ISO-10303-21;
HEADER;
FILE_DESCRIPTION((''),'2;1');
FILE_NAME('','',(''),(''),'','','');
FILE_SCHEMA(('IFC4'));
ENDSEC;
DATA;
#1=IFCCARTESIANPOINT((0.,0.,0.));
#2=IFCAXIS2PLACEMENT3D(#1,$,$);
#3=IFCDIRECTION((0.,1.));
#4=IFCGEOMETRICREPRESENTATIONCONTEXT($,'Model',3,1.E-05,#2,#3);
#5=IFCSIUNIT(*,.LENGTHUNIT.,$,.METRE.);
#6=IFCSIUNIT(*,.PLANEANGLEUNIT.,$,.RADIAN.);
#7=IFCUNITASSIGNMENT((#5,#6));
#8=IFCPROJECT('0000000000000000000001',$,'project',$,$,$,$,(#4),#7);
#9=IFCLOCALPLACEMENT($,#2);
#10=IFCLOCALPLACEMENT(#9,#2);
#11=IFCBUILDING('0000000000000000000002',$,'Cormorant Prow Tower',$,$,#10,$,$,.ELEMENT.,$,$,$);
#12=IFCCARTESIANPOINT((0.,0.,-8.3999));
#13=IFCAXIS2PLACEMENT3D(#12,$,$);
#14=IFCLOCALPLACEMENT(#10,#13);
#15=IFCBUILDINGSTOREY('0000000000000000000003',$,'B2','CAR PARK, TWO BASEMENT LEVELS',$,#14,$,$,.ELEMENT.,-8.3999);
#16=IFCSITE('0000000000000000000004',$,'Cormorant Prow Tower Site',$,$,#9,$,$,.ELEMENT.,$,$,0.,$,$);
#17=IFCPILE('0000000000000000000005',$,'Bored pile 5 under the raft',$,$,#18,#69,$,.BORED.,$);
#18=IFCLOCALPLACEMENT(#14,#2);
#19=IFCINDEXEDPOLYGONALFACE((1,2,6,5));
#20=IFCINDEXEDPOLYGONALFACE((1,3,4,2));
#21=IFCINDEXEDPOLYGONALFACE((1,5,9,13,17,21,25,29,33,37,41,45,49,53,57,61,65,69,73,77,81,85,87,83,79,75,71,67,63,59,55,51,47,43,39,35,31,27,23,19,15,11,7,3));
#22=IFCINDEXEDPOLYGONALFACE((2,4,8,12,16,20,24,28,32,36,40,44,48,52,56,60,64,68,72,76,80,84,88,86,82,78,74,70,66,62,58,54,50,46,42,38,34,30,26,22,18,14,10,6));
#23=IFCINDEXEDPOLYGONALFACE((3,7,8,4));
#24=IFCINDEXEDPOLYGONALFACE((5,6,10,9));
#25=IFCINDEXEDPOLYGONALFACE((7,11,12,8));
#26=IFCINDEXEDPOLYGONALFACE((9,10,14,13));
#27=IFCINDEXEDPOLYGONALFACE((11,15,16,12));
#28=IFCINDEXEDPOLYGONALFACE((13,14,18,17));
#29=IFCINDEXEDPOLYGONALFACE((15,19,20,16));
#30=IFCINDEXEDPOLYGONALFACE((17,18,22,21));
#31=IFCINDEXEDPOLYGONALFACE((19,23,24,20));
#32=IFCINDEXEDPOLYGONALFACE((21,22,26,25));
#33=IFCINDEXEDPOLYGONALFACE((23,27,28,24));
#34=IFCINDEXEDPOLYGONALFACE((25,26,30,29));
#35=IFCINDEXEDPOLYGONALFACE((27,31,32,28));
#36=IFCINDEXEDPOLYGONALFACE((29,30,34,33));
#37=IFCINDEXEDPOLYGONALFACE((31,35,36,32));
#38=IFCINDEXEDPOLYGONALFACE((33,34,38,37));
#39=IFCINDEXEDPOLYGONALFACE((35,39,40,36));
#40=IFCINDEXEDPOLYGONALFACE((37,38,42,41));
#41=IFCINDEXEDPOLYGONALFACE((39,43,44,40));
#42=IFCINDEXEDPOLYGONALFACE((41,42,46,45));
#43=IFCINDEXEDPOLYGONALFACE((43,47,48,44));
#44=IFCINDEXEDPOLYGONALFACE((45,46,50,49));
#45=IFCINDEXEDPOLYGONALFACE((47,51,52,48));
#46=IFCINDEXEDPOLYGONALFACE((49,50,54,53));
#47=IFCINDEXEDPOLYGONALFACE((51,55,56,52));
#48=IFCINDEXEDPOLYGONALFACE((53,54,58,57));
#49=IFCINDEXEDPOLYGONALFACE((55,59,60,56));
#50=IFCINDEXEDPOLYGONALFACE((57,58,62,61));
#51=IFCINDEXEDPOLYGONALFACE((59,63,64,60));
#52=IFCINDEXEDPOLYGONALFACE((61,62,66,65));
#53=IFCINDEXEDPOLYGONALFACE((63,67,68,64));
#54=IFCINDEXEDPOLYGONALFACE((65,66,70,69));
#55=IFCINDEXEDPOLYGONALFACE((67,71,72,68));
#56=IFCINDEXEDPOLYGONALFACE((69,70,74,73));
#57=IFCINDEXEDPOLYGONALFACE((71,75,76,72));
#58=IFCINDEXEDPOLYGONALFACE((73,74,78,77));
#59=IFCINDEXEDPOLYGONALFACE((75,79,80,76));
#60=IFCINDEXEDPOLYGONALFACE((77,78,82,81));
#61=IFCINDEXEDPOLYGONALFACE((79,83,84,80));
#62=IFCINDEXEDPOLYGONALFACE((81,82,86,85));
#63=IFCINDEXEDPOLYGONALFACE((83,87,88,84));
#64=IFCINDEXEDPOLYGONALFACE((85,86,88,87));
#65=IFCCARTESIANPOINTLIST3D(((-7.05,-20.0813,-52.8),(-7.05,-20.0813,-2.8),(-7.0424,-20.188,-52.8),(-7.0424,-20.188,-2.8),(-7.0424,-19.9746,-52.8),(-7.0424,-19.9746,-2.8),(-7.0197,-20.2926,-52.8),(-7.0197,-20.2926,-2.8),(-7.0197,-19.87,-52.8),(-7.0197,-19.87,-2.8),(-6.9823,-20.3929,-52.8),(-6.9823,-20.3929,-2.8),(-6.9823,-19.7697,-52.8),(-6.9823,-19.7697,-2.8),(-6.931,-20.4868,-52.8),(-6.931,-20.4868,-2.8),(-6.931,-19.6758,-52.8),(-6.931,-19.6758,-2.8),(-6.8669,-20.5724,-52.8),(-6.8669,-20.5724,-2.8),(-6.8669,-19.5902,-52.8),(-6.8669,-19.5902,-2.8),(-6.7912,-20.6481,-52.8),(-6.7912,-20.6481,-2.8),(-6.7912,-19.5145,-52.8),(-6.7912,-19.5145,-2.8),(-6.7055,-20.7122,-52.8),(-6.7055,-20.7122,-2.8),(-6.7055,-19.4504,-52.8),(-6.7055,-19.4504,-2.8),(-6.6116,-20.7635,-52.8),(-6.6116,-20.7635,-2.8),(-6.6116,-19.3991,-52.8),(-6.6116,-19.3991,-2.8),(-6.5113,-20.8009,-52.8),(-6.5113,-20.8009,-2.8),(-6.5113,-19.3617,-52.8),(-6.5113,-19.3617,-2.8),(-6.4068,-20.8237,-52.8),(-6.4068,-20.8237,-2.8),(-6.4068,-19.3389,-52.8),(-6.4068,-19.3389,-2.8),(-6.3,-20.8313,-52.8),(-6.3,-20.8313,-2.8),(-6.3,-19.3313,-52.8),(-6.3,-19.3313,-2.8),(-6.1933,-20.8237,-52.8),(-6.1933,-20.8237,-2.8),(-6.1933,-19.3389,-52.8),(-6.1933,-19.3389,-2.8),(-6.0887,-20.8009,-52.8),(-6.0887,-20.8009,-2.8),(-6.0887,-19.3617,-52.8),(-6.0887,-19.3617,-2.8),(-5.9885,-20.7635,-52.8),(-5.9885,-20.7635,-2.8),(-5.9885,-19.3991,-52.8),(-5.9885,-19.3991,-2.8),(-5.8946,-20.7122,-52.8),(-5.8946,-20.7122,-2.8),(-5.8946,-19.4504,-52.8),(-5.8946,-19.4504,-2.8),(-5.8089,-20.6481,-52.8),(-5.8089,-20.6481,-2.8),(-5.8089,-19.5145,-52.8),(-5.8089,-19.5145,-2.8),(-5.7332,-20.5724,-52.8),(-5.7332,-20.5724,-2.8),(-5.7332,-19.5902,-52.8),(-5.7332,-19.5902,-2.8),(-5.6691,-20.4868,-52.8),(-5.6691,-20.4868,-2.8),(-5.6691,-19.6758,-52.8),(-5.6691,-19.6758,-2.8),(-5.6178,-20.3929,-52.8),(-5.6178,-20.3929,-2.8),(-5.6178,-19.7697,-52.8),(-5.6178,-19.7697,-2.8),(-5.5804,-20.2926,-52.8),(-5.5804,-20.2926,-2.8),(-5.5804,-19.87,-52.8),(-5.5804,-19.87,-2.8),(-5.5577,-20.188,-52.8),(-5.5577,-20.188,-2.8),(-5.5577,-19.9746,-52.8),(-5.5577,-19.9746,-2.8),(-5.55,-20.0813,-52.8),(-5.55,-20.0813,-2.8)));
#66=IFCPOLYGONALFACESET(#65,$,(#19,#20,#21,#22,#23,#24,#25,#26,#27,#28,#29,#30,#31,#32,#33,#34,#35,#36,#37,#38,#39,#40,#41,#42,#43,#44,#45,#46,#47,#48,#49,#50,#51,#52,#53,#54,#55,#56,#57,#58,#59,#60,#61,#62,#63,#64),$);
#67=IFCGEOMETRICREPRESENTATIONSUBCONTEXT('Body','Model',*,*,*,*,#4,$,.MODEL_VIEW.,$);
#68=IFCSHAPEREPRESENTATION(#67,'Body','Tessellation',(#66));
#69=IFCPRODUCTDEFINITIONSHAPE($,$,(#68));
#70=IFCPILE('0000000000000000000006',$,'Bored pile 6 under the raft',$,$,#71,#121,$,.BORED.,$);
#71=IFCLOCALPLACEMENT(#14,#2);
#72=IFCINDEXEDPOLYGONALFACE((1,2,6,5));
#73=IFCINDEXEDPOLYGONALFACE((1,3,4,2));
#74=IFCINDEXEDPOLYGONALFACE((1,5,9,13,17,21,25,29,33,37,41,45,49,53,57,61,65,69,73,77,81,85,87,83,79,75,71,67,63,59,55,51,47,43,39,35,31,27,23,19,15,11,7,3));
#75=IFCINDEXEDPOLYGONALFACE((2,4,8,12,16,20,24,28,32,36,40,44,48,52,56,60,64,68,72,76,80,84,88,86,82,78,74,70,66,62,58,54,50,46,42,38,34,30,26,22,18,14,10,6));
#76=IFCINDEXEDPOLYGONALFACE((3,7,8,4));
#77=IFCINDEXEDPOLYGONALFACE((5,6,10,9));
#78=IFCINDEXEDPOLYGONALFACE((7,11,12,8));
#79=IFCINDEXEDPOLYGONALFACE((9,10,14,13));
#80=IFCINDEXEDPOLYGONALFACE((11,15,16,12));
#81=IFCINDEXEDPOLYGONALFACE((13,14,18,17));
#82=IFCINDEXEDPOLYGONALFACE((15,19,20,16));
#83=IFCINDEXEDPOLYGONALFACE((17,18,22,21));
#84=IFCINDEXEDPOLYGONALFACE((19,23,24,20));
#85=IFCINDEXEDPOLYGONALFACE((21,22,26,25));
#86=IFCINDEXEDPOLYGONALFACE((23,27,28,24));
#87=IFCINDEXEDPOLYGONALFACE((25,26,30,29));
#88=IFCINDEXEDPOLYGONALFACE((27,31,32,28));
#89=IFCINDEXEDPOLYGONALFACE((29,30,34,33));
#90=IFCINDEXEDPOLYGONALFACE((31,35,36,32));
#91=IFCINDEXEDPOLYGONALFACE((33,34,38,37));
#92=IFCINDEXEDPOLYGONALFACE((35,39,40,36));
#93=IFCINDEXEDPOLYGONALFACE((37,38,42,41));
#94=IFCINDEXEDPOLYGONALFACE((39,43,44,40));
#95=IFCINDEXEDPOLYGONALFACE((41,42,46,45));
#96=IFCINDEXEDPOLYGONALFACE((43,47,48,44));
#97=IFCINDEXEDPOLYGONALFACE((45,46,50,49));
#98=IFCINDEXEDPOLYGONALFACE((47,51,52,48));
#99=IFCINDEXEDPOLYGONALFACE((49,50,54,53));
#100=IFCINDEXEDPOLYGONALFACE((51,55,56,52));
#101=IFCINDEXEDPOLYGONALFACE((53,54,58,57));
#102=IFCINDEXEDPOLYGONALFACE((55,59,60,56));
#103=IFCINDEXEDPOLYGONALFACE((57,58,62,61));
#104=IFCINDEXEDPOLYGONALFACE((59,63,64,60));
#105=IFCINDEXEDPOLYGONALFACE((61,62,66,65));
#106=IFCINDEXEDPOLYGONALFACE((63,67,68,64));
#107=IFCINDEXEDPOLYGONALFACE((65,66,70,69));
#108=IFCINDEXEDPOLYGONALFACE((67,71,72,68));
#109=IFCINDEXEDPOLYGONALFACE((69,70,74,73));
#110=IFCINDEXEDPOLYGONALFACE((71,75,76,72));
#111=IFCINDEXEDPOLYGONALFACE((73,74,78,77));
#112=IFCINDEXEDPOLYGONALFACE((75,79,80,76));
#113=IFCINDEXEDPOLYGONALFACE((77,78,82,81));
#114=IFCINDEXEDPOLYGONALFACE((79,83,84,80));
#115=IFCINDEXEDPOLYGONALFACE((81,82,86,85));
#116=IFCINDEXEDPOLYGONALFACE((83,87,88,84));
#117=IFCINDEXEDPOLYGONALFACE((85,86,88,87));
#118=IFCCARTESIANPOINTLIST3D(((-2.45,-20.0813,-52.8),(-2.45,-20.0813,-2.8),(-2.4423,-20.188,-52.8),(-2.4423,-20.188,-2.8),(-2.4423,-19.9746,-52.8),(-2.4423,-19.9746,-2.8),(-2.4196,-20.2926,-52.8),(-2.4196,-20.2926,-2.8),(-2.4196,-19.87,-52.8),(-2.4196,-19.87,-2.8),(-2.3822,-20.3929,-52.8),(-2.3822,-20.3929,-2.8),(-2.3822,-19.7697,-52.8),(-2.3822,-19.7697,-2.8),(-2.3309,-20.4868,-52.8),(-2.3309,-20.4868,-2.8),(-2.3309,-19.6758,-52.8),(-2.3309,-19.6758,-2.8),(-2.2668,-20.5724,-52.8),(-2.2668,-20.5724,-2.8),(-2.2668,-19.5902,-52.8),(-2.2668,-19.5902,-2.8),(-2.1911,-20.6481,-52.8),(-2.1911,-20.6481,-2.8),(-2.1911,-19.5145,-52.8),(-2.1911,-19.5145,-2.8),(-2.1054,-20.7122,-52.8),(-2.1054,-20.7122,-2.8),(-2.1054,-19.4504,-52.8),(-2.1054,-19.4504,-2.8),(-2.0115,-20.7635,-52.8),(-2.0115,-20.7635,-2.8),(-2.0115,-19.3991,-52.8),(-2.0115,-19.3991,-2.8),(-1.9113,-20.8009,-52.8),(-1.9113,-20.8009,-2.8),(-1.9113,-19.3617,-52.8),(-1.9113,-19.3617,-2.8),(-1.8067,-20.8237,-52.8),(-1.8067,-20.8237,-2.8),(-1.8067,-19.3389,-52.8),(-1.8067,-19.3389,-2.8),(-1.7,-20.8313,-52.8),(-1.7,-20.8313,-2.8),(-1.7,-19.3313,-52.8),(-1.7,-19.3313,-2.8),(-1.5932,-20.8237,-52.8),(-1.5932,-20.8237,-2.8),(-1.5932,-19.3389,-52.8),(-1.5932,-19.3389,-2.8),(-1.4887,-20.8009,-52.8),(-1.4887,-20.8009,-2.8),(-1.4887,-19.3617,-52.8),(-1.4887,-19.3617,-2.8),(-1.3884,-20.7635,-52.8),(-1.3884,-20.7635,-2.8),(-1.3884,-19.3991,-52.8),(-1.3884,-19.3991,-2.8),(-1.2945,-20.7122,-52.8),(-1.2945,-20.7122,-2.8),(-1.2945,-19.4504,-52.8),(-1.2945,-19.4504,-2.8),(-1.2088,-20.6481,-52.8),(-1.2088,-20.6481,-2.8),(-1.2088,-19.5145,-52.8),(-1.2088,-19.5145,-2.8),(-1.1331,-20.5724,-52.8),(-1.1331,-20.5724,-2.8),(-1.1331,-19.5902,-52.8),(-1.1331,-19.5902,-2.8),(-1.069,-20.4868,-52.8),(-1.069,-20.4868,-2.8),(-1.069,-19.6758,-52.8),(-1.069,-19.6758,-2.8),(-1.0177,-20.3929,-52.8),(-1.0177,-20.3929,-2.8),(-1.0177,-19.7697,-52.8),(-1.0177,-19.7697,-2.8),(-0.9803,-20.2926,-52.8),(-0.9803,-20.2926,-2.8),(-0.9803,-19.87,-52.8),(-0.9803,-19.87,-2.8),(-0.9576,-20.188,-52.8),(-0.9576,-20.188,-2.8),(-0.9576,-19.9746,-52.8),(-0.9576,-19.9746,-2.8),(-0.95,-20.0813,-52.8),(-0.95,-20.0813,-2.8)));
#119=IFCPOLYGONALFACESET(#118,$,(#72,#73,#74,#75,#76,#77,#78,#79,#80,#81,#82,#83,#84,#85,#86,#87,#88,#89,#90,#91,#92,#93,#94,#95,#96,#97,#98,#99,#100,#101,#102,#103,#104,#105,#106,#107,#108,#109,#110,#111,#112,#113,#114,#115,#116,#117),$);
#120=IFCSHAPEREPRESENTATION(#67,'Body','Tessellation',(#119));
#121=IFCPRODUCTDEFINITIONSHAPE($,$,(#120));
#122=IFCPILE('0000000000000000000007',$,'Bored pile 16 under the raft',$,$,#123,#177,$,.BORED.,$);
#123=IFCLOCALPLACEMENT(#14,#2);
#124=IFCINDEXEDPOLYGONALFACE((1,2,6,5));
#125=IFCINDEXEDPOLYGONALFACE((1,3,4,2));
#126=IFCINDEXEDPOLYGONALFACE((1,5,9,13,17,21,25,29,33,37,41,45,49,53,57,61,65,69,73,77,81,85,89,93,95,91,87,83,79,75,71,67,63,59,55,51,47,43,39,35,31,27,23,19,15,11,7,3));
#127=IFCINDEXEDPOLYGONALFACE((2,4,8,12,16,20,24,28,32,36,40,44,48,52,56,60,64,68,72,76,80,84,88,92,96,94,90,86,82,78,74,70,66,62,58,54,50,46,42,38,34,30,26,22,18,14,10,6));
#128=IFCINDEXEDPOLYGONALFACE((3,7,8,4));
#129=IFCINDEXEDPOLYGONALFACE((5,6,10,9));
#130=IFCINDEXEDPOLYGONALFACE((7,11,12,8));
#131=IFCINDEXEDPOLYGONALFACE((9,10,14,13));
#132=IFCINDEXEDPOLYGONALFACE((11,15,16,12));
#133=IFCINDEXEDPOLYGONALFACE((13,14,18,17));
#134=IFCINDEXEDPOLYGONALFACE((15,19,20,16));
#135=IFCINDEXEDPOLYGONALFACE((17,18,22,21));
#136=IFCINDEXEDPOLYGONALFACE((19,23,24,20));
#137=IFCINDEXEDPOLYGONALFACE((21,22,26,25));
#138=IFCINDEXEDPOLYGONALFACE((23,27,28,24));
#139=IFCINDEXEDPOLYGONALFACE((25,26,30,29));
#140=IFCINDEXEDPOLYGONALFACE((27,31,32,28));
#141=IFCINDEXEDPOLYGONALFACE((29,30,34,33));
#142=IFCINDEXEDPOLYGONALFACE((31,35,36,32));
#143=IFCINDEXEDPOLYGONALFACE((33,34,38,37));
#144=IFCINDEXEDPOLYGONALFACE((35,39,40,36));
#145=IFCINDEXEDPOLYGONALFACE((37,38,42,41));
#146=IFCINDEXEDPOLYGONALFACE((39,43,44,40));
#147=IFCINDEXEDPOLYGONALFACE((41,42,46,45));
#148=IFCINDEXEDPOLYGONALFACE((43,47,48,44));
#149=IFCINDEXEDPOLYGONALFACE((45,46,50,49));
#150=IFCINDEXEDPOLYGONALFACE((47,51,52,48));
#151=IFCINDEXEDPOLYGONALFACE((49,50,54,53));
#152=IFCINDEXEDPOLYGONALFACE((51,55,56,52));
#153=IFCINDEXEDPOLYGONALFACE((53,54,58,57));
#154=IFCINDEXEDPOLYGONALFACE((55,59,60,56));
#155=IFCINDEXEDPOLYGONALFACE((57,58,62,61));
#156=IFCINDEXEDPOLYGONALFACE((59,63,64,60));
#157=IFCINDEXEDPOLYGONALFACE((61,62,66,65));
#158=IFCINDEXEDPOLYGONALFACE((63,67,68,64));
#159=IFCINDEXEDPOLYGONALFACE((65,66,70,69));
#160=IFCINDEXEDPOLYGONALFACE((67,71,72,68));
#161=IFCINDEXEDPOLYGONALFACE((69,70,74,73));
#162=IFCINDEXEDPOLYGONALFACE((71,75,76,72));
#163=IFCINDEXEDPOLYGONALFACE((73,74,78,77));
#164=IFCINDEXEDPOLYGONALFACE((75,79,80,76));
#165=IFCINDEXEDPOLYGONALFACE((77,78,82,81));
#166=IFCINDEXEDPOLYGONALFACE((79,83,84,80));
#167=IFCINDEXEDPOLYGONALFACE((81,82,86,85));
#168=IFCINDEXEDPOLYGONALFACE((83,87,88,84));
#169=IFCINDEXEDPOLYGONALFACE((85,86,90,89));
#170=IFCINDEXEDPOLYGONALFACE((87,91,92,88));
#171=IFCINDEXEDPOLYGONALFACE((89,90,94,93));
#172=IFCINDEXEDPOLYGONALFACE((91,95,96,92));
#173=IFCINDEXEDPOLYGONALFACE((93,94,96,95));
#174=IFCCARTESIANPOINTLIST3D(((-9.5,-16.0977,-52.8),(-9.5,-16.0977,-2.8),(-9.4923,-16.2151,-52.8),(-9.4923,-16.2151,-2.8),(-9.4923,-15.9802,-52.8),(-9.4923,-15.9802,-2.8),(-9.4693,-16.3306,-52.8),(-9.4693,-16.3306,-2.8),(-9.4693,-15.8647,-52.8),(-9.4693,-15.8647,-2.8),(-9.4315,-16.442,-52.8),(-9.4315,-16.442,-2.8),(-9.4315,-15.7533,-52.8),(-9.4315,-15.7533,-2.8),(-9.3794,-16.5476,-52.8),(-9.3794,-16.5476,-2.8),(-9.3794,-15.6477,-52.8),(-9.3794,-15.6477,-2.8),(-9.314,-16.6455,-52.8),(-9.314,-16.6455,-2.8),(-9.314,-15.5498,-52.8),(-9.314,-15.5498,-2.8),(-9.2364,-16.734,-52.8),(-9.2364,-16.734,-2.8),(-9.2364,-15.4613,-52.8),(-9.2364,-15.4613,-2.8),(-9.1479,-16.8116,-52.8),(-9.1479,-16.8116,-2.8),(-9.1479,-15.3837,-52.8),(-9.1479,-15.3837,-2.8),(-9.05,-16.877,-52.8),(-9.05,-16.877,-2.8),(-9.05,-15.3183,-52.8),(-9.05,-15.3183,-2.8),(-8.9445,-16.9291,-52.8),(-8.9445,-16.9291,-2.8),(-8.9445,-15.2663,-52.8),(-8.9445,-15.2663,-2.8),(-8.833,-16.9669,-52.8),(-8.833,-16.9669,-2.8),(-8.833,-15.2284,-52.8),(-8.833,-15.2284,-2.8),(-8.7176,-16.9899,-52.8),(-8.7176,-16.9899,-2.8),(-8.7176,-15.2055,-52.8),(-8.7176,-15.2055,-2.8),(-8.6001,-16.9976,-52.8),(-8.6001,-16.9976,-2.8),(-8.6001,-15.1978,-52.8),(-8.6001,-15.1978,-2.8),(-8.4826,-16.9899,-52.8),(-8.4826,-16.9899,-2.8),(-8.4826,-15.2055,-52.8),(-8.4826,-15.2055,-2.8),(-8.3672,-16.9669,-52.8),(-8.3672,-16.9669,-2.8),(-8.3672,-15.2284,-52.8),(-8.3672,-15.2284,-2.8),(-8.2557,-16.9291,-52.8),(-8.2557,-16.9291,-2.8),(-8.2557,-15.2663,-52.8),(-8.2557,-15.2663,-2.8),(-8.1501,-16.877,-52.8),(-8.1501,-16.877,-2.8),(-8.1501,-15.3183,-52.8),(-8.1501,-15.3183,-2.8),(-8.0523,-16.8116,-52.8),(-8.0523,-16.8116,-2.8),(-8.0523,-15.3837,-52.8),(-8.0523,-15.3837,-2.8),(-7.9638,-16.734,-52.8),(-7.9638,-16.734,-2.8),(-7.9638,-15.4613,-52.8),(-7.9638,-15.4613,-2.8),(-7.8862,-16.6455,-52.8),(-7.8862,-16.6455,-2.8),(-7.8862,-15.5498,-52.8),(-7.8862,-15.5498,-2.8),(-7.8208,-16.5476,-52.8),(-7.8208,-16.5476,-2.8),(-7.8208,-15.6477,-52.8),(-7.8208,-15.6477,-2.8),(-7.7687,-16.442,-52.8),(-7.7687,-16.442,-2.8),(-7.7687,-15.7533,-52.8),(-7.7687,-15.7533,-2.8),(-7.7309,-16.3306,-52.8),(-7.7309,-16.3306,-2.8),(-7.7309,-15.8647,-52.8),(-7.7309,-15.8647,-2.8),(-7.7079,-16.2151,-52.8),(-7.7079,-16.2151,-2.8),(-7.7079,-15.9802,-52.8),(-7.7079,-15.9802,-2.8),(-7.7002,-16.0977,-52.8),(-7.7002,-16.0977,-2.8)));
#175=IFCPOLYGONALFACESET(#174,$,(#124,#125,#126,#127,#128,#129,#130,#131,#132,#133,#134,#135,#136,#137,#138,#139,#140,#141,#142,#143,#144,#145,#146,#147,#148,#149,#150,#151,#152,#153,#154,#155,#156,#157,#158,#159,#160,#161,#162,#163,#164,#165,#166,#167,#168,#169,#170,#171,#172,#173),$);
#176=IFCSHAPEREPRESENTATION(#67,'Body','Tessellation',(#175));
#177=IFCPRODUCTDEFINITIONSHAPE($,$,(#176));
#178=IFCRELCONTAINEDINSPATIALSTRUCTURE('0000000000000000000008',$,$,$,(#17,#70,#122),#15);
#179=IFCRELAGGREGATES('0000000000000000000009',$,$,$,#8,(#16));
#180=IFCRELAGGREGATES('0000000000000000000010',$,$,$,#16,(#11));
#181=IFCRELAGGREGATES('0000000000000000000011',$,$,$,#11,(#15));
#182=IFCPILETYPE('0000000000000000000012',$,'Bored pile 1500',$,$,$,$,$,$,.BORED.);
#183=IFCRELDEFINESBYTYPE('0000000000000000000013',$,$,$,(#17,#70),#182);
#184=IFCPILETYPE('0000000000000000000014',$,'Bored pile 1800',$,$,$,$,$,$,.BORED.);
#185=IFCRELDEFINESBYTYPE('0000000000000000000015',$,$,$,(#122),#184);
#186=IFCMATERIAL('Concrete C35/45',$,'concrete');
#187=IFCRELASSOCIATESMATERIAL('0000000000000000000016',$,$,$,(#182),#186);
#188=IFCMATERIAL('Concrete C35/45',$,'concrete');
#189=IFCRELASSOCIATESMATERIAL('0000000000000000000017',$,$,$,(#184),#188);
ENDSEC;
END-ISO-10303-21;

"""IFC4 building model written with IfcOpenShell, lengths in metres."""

from ifc_helpers import new_model, si_unit, direction, frame, origin, origin_2d, place, context, subcontext, project, spatial, circle, extrude, material, material_profile, profile_set, type_object, element, save


model = new_model("IFC4")

# Units and contexts
model_context = context("Model", 3, precision=1e-05, world=origin(), true_north=direction((0.0, 1.0)))
body_context = subcontext(model_context, "Body", "Model", "MODEL_VIEW")
ifc_project = project(units=[si_unit("LENGTHUNIT", "METRE"), si_unit("PLANEANGLEUNIT", "RADIAN")], contexts=[model_context])

# Site, building, storey
site_placement = place(None, origin())
site = spatial("IfcSite", under=ifc_project, at=site_placement, Name="Cormorant Prow Tower Site", CompositionType="ELEMENT", RefElevation=0.0)
building_placement = place(site_placement, origin())
building = spatial("IfcBuilding", under=site, at=building_placement, Name="Cormorant Prow Tower", CompositionType="ELEMENT")
storey_placement = place(building_placement, frame((0.0, 0.0, -8.3999)))
storey = spatial("IfcBuildingStorey", under=building, at=storey_placement, Name="B2", Description="CAR PARK, TWO BASEMENT LEVELS", CompositionType="ELEMENT", Elevation=-8.3999)

# Piles
ifc_material_1 = material(Name="Concrete C35/45", Category="concrete")
ifc_material_profile_1 = material_profile(ifc_material_1, circle(Radius=0.75, at=origin_2d()), Name="Round 1500")
ifc_profile_set_1 = profile_set([ifc_material_profile_1], Name="Concrete C35/45")
pile_type_1 = type_object("IfcPileType", Name="Bored pile 1500", PredefinedType="BORED", material=ifc_profile_set_1)
for number, where, z_axis, x_axis, name in (
    (1, (-6.3, -20.0813, -2.8), (0.0, 0.0, -1.0), (1.0, 0.0, 0.0), "Bored pile 5 under the raft"),
    (2, (-1.7, -20.0813, -2.8), (0.0, 0.0, -1.0), (1.0, 0.0, 0.0), "Bored pile 6 under the raft"),
):
    element("IfcPile", number, at=place(storey_placement, frame(where, z_axis=z_axis, x_axis=x_axis)), inside=storey, type_object=pile_type_1, Name=name, PredefinedType="BORED", context=body_context, shape_type="SweptSolid", body=[
        extrude(circle(Radius=0.75, at=origin_2d()), origin(), (0.0, 0.0, 1.0), 50.0),
    ])
ifc_material_2 = material(Name="Concrete C35/45", Category="concrete")
ifc_material_profile_2 = material_profile(ifc_material_2, circle(Radius=0.8999, at=origin_2d()), Name="Round 1800")
ifc_profile_set_2 = profile_set([ifc_material_profile_2], Name="Concrete C35/45")
pile_type_2 = type_object("IfcPileType", Name="Bored pile 1800", PredefinedType="BORED", material=ifc_profile_set_2)
for number, where, z_axis, x_axis, name in (
    (3, (-8.6001, -16.0977, -2.8), (0.0, 0.0, -1.0), (1.0, 0.0, 0.0), "Bored pile 16 under the raft"),
):
    element("IfcPile", number, at=place(storey_placement, frame(where, z_axis=z_axis, x_axis=x_axis)), inside=storey, type_object=pile_type_2, Name=name, PredefinedType="BORED", context=body_context, shape_type="SweptSolid", body=[
        extrude(circle(Radius=0.8999, at=origin_2d()), origin(), (0.0, 0.0, 1.0), 50.0),
    ])

save(model, "model.ifc")
